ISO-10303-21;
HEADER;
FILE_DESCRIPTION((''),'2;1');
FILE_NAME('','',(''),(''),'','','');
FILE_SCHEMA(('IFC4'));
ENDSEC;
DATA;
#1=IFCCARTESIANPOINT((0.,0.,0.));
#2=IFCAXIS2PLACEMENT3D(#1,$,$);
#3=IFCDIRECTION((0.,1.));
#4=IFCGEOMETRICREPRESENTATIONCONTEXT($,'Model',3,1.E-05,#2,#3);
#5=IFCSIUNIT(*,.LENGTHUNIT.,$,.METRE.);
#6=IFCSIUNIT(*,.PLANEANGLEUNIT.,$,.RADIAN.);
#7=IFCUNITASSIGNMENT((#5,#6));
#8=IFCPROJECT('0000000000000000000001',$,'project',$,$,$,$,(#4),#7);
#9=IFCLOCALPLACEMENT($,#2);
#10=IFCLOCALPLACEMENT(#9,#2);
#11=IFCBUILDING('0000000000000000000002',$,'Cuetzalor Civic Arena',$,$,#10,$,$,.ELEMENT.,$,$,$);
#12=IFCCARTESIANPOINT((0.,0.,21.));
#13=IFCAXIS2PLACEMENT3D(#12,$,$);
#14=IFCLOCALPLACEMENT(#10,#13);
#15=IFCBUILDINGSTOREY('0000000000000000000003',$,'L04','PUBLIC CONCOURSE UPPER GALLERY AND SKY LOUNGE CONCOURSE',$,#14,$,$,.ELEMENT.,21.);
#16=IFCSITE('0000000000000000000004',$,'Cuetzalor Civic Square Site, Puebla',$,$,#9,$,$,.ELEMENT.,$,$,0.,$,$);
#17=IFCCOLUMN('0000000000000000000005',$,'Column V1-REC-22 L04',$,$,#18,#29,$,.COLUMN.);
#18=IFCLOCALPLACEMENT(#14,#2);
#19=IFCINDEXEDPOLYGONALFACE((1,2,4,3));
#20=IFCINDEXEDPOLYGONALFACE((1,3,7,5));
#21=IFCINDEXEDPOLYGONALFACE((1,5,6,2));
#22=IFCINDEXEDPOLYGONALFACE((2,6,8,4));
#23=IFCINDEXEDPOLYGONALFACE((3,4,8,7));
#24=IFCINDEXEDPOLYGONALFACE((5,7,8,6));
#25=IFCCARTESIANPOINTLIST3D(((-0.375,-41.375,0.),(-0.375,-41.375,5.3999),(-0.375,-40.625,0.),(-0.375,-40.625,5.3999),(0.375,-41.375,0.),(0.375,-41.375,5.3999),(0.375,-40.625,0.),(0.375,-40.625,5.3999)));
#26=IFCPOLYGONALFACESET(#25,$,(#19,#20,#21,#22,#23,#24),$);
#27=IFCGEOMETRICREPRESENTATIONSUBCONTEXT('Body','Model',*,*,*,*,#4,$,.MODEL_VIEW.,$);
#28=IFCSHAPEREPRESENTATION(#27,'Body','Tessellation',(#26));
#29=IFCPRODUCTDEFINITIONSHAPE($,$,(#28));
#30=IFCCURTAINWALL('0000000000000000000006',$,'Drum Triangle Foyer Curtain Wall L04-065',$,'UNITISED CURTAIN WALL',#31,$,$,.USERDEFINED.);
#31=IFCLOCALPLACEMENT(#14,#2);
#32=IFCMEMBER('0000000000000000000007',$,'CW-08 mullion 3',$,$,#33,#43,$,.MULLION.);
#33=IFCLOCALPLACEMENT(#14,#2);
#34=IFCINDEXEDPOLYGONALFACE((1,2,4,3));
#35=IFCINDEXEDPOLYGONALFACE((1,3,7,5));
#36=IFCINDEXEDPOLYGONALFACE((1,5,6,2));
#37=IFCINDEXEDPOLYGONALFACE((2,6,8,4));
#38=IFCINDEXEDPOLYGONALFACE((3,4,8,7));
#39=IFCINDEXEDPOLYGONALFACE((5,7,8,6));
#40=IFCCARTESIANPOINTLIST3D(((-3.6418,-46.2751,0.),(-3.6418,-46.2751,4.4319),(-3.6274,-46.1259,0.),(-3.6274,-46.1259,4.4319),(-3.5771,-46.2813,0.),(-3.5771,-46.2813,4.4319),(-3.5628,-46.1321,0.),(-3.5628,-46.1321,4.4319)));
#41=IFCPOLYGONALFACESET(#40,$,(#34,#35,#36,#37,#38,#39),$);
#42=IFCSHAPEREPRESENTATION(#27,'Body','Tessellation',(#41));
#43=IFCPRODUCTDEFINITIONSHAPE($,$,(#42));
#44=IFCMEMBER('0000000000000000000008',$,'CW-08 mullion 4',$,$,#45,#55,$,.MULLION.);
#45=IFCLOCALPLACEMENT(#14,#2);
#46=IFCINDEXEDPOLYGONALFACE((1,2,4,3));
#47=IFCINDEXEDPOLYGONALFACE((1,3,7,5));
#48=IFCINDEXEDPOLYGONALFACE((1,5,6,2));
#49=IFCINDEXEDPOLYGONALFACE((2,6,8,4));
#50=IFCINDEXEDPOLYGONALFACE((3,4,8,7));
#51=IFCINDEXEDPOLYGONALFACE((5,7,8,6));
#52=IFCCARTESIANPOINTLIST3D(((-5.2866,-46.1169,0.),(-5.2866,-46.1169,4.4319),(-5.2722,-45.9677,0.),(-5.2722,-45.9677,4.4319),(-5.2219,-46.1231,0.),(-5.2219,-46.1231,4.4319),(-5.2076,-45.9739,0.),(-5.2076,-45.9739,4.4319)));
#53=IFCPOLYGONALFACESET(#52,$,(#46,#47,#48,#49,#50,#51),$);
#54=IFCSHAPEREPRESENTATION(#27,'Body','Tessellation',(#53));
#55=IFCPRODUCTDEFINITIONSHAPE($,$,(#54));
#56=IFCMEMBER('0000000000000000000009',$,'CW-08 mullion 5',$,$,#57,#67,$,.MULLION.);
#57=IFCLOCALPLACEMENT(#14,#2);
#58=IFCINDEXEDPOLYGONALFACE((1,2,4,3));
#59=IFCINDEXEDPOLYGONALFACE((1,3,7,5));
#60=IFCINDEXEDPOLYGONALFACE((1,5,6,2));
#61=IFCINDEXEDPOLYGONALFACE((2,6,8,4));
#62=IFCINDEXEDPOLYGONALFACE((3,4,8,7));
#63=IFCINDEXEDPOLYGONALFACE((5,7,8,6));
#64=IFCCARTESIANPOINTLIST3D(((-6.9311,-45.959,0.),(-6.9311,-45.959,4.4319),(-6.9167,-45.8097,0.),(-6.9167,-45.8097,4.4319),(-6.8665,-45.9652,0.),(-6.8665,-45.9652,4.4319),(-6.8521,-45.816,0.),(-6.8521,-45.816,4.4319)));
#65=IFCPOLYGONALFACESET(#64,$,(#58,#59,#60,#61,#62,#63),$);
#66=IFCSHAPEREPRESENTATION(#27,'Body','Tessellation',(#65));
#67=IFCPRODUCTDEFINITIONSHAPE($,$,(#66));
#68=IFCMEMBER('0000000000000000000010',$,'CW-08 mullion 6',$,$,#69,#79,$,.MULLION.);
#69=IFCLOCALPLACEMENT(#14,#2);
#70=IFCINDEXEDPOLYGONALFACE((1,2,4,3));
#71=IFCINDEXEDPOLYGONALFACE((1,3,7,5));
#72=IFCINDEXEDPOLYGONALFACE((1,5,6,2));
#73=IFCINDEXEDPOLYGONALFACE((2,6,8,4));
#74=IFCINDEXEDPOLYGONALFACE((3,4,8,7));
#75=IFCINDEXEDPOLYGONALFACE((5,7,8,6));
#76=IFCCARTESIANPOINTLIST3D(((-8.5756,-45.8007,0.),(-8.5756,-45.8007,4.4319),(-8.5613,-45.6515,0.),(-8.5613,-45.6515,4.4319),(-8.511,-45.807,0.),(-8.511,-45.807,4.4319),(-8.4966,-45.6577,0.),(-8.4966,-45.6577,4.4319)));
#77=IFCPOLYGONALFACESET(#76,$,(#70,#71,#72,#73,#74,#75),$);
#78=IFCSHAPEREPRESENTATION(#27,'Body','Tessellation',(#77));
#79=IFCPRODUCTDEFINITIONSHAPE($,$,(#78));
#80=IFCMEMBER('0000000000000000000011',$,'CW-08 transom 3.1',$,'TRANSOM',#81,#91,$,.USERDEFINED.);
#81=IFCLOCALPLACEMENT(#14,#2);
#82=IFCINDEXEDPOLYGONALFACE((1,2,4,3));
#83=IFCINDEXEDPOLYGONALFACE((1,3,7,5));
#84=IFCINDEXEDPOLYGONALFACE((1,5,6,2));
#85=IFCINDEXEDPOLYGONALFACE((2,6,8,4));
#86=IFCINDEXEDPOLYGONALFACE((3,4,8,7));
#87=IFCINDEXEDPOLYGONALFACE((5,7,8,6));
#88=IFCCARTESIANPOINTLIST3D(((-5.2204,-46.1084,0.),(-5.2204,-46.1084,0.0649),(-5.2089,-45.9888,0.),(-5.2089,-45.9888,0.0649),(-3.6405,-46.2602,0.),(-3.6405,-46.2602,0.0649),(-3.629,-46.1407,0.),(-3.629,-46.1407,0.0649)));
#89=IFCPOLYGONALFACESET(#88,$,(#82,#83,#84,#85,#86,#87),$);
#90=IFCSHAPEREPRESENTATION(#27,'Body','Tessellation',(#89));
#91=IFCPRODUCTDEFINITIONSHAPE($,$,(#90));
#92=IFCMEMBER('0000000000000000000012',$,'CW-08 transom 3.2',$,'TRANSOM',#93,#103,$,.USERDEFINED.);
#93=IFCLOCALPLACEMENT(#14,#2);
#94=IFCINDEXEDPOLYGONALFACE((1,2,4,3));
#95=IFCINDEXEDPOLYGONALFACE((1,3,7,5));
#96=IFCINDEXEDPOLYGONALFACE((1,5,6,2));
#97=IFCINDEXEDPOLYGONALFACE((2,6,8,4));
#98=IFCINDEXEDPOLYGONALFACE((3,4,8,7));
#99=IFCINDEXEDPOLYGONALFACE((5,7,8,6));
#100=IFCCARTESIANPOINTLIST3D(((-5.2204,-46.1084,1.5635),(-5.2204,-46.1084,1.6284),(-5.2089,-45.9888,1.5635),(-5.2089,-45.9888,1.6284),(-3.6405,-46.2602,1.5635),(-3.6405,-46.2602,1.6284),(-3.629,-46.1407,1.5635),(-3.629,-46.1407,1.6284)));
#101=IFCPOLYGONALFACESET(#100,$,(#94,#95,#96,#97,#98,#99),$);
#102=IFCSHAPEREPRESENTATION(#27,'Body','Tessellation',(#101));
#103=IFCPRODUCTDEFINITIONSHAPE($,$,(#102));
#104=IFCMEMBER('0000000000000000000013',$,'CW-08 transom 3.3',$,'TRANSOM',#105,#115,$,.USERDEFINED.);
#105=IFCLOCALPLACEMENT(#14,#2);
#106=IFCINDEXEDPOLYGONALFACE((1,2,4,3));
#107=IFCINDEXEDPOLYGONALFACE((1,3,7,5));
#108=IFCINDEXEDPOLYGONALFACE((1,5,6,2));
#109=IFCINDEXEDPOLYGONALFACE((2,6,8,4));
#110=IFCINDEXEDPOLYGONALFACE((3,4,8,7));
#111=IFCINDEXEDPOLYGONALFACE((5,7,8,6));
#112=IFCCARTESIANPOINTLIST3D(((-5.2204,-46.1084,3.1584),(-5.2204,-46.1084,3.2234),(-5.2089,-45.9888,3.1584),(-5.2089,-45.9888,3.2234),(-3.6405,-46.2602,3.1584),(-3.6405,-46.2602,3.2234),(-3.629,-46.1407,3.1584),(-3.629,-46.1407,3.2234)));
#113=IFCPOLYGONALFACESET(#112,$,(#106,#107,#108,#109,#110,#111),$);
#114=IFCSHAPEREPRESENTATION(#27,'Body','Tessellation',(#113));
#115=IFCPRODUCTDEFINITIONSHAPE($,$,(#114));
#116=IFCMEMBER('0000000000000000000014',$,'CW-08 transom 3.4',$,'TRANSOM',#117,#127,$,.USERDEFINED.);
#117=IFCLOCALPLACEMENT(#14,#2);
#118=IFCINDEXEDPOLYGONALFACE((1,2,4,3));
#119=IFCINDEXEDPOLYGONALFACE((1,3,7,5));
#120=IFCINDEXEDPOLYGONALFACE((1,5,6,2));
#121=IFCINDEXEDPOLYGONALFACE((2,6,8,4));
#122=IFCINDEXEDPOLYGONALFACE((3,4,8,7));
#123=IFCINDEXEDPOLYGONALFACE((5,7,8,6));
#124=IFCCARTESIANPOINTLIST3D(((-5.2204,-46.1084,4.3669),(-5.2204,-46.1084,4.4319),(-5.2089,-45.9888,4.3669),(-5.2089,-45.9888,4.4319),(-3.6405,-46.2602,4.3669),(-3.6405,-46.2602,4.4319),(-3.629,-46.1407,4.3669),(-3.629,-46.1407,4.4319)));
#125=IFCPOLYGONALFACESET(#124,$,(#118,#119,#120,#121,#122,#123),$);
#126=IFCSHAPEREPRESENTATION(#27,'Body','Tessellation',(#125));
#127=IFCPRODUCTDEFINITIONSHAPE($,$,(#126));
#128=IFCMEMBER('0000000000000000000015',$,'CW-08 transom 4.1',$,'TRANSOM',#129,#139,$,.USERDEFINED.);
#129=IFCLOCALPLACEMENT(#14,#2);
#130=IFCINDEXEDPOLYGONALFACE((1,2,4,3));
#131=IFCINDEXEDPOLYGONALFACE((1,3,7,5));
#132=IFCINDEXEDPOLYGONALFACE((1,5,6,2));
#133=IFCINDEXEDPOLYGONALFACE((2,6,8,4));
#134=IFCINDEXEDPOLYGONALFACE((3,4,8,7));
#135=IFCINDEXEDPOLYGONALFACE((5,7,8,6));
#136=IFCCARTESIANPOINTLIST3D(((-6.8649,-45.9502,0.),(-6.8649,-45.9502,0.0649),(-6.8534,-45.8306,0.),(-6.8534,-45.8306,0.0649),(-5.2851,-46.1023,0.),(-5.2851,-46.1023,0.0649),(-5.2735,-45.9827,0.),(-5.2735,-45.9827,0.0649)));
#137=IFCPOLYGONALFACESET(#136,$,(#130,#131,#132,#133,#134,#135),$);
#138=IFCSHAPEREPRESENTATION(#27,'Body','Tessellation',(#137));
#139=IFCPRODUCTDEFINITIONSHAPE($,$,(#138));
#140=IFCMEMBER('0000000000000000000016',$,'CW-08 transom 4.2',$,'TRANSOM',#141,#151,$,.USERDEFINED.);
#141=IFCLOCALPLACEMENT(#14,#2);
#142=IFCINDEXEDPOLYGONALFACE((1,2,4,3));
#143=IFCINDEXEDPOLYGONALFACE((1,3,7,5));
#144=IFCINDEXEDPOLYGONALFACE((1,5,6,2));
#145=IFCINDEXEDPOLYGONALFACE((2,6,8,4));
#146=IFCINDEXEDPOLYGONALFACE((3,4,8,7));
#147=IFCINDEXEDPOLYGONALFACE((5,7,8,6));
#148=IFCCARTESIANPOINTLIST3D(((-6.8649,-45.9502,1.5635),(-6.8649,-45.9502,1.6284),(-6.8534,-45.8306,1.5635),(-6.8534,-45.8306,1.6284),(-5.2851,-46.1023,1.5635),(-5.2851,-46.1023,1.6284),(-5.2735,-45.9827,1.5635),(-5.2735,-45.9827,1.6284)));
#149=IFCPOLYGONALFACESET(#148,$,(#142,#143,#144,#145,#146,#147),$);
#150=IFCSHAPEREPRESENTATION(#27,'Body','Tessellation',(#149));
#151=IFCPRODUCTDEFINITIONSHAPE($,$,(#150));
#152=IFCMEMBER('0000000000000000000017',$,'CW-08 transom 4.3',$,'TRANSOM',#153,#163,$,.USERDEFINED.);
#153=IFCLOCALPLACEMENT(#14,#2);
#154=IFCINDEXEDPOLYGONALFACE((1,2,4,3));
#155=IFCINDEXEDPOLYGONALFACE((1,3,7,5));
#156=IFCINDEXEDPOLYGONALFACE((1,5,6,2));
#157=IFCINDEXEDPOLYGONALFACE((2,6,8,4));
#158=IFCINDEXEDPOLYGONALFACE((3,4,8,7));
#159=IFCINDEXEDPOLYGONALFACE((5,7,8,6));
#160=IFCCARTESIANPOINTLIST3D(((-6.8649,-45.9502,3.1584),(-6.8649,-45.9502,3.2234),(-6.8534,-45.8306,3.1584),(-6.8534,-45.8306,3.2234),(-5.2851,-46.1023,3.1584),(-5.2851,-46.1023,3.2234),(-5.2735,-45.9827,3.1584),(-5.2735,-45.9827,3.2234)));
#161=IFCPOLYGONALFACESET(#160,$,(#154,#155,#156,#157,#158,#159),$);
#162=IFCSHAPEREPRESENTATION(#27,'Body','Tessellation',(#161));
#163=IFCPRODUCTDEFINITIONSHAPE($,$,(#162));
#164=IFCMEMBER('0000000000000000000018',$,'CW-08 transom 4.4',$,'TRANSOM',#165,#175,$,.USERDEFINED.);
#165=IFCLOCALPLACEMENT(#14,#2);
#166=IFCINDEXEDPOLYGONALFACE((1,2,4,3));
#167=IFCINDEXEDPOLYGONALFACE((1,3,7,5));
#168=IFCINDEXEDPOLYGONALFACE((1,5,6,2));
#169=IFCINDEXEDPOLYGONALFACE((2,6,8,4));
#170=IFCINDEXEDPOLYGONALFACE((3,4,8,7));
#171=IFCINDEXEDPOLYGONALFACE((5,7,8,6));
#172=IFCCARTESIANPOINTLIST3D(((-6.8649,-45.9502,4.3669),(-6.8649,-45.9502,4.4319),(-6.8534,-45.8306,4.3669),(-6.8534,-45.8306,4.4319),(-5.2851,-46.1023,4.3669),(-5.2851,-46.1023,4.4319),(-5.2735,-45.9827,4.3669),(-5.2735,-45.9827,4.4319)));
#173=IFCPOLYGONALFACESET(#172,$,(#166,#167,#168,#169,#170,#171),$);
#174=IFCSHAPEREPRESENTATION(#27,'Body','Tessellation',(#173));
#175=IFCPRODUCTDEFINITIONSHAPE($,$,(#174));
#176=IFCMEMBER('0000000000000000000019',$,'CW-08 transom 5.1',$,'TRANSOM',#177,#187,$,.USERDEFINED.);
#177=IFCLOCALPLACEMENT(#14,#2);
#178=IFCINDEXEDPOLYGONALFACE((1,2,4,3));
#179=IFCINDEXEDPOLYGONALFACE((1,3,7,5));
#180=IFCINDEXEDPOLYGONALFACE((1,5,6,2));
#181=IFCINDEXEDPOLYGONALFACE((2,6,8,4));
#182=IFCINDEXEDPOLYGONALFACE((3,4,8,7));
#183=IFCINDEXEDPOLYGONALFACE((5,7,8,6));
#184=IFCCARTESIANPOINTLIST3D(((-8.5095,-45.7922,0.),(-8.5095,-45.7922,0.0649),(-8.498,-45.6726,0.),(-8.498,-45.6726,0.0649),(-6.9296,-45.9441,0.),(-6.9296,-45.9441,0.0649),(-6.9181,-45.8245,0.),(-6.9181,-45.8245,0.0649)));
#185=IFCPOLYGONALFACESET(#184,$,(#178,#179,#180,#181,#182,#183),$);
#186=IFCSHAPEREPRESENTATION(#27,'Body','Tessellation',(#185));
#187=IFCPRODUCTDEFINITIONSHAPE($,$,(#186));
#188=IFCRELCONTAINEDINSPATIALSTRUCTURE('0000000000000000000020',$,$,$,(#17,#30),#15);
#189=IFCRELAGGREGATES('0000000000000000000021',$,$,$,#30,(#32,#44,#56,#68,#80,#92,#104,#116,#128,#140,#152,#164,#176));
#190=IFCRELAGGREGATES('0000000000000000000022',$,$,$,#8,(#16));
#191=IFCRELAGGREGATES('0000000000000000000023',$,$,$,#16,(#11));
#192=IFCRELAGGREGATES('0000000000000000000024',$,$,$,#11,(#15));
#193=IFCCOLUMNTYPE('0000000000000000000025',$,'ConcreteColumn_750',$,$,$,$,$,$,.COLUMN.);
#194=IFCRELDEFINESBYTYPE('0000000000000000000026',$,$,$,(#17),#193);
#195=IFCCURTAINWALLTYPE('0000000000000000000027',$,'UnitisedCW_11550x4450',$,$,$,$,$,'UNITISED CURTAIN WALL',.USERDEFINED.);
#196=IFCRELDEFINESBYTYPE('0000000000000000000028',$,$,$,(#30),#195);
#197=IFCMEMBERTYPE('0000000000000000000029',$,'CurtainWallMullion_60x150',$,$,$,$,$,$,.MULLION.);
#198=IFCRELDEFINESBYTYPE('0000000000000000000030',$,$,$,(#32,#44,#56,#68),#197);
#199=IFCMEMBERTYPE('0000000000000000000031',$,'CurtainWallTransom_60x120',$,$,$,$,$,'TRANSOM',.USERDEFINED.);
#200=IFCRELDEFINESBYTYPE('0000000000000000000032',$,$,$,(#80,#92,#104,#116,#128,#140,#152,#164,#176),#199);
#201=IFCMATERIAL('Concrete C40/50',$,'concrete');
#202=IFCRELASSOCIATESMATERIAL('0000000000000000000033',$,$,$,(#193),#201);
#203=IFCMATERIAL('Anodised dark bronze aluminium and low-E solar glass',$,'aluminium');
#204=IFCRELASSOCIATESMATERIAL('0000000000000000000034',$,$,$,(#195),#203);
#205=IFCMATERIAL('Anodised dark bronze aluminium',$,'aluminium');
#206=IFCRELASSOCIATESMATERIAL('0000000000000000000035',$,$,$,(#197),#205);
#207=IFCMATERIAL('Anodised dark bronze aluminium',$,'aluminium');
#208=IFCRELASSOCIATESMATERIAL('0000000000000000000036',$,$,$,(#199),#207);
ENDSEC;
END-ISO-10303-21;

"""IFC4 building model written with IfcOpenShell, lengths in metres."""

from ifc_helpers import new_model, si_unit, direction, frame, origin, origin_2d, place, context, subcontext, project, spatial, rectangle, extrude, material, material_profile, profile_set, type_object, element, aggregate, save


model = new_model("IFC4")

# Units and contexts
model_context = context("Model", 3, precision=1e-05, world=origin(), true_north=direction((0.0, 1.0)))
body_context = subcontext(model_context, "Body", "Model", "MODEL_VIEW")
ifc_project = project(units=[si_unit("LENGTHUNIT", "METRE"), si_unit("PLANEANGLEUNIT", "RADIAN")], contexts=[model_context])

# Site, building, storey
site_placement = place(None, origin())
site = spatial("IfcSite", under=ifc_project, at=site_placement, Name="Cuetzalor Civic Square Site, Puebla", CompositionType="ELEMENT", RefElevation=0.0)
building_placement = place(site_placement, origin())
building = spatial("IfcBuilding", under=site, at=building_placement, Name="Cuetzalor Civic Arena", CompositionType="ELEMENT")
storey_placement = place(building_placement, frame((0.0, 0.0, 21.0)))
storey = spatial("IfcBuildingStorey", under=building, at=storey_placement, Name="L04", Description="PUBLIC CONCOURSE UPPER GALLERY AND SKY LOUNGE CONCOURSE", CompositionType="ELEMENT", Elevation=21.0)

# Column
ifc_material_1 = material(Name="Concrete C40/50", Category="concrete")
ifc_material_profile_1 = material_profile(ifc_material_1, rectangle(XDim=0.75, YDim=0.75, at=origin_2d()), Name="RC 750x750")
ifc_profile_set_1 = profile_set([ifc_material_profile_1], Name="Concrete C40/50")
column_type = type_object("IfcColumnType", Name="ConcreteColumn_750", PredefinedType="COLUMN", material=ifc_profile_set_1)
column_placement = place(storey_placement, frame((0.0, -41.0, 0.0), z_axis=(0.0, 0.0, 1.0), x_axis=(1.0, 0.0, 0.0)))
element("IfcColumn", 1, at=column_placement, inside=storey, type_object=column_type, Name="Column V1-REC-22 L04", PredefinedType="COLUMN", context=body_context, shape_type="SweptSolid", body=[
    extrude(rectangle(XDim=0.75, YDim=0.75, at=origin_2d()), origin(), (0.0, 0.0, 1.0), 5.3999),
])

# Curtain wall, members
ifc_material_2 = material(Name="Anodised dark bronze aluminium and low-E solar glass", Category="aluminium")
curtain_wall_type = type_object("IfcCurtainWallType", Name="UnitisedCW_11550x4450", ElementType="UNITISED CURTAIN WALL", PredefinedType="USERDEFINED", material=ifc_material_2)
curtain_wall_placement = place(storey_placement, origin())
curtain_wall = element("IfcCurtainWall", 2, at=curtain_wall_placement, inside=storey, type_object=curtain_wall_type, Name="Drum Triangle Foyer Curtain Wall L04-065", ObjectType="UNITISED CURTAIN WALL", PredefinedType="USERDEFINED")
ifc_material_3 = material(Name="Anodised dark bronze aluminium", Category="aluminium")
ifc_material_profile_2 = material_profile(ifc_material_3, rectangle(XDim=0.0649, YDim=0.1499, at=origin_2d()), Name="ALU MULLION 65x150")
ifc_profile_set_2 = profile_set([ifc_material_profile_2], Name="Anodised dark bronze aluminium")
member_type_1 = type_object("IfcMemberType", Name="CurtainWallMullion_60x150", PredefinedType="MULLION", material=ifc_profile_set_2)
member_1_placement = place(storey_placement, frame((-3.6023, -46.2036, 0.0), z_axis=(0.0, 0.0, 1.0), x_axis=(-0.995409, 0.095711, 0.0)))
member_1 = element("IfcMember", 3, at=member_1_placement, type_object=member_type_1, Name="CW-08 mullion 3", PredefinedType="MULLION", context=body_context, shape_type="SweptSolid", body=[
    extrude(rectangle(XDim=0.0649, YDim=0.1499, at=origin_2d()), origin(), (0.0, 0.0, 1.0), 4.4319),
])
member_2_placement = place(storey_placement, frame((-5.2471, -46.0454, 0.0), z_axis=(0.0, 0.0, 1.0), x_axis=(-0.995409, 0.095711, 0.0)))
member_2 = element("IfcMember", 4, at=member_2_placement, type_object=member_type_1, Name="CW-08 mullion 4", PredefinedType="MULLION", context=body_context, shape_type="SweptSolid", body=[
    extrude(rectangle(XDim=0.0649, YDim=0.1499, at=origin_2d()), origin(), (0.0, 0.0, 1.0), 4.4319),
])
member_3_placement = place(storey_placement, frame((-6.8916, -45.8875, 0.0), z_axis=(0.0, 0.0, 1.0), x_axis=(-0.995409, 0.095711, 0.0)))
member_3 = element("IfcMember", 5, at=member_3_placement, type_object=member_type_1, Name="CW-08 mullion 5", PredefinedType="MULLION", context=body_context, shape_type="SweptSolid", body=[
    extrude(rectangle(XDim=0.0649, YDim=0.1499, at=origin_2d()), origin(), (0.0, 0.0, 1.0), 4.4319),
])
member_4_placement = place(storey_placement, frame((-8.5361, -45.7292, 0.0), z_axis=(0.0, 0.0, 1.0), x_axis=(-0.995409, 0.095711, 0.0)))
member_4 = element("IfcMember", 6, at=member_4_placement, type_object=member_type_1, Name="CW-08 mullion 6", PredefinedType="MULLION", context=body_context, shape_type="SweptSolid", body=[
    extrude(rectangle(XDim=0.0649, YDim=0.1499, at=origin_2d()), origin(), (0.0, 0.0, 1.0), 4.4319),
])
ifc_material_4 = material(Name="Anodised dark bronze aluminium", Category="aluminium")
ifc_material_profile_3 = material_profile(ifc_material_4, rectangle(XDim=0.1201, YDim=0.0649, at=origin_2d()), Name="ALU TRANSOM 65x120")
ifc_profile_set_3 = profile_set([ifc_material_profile_3], Name="Anodised dark bronze aluminium")
member_type_2 = type_object("IfcMemberType", Name="CurtainWallTransom_60x120", ElementType="TRANSOM", PredefinedType="USERDEFINED", material=ifc_profile_set_3)
member_5_placement = place(storey_placement, frame((-3.6348, -46.2004, 0.0325), z_axis=(-0.995412, 0.09568, 0.0), x_axis=(-0.09568, -0.995412, 0.0)))
member_5 = element("IfcMember", 7, at=member_5_placement, type_object=member_type_2, Name="CW-08 transom 3.1", ObjectType="TRANSOM", PredefinedType="USERDEFINED", context=body_context, shape_type="SweptSolid", body=[
    extrude(rectangle(XDim=0.1201, YDim=0.0649, at=origin_2d()), origin(), (0.0, 0.0, 1.0), 1.5872),
])
member_6_placement = place(storey_placement, frame((-3.6348, -46.2004, 1.5959), z_axis=(-0.995412, 0.09568, 0.0), x_axis=(-0.09568, -0.995412, 0.0)))
member_6 = element("IfcMember", 8, at=member_6_placement, type_object=member_type_2, Name="CW-08 transom 3.2", ObjectType="TRANSOM", PredefinedType="USERDEFINED", context=body_context, shape_type="SweptSolid", body=[
    extrude(rectangle(XDim=0.1201, YDim=0.0649, at=origin_2d()), origin(), (0.0, 0.0, 1.0), 1.5872),
])
member_7_placement = place(storey_placement, frame((-3.6348, -46.2004, 3.1909), z_axis=(-0.995412, 0.09568, 0.0), x_axis=(-0.09568, -0.995412, 0.0)))
member_7 = element("IfcMember", 9, at=member_7_placement, type_object=member_type_2, Name="CW-08 transom 3.3", ObjectType="TRANSOM", PredefinedType="USERDEFINED", context=body_context, shape_type="SweptSolid", body=[
    extrude(rectangle(XDim=0.1201, YDim=0.0649, at=origin_2d()), origin(), (0.0, 0.0, 1.0), 1.5872),
])
member_8_placement = place(storey_placement, frame((-3.6348, -46.2004, 4.3994), z_axis=(-0.995412, 0.09568, 0.0), x_axis=(-0.09568, -0.995412, 0.0)))
member_8 = element("IfcMember", 10, at=member_8_placement, type_object=member_type_2, Name="CW-08 transom 3.4", ObjectType="TRANSOM", PredefinedType="USERDEFINED", context=body_context, shape_type="SweptSolid", body=[
    extrude(rectangle(XDim=0.1201, YDim=0.0649, at=origin_2d()), origin(), (0.0, 0.0, 1.0), 1.5872),
])
member_9_placement = place(storey_placement, frame((-5.2793, -46.0425, 0.0325), z_axis=(-0.995397, 0.095833, 0.0), x_axis=(-0.095833, -0.995397, 0.0)))
member_9 = element("IfcMember", 11, at=member_9_placement, type_object=member_type_2, Name="CW-08 transom 4.1", ObjectType="TRANSOM", PredefinedType="USERDEFINED", context=body_context, shape_type="SweptSolid", body=[
    extrude(rectangle(XDim=0.1201, YDim=0.0649, at=origin_2d()), origin(), (0.0, 0.0, 1.0), 1.5872),
])
member_10_placement = place(storey_placement, frame((-5.2793, -46.0425, 1.5959), z_axis=(-0.995397, 0.095833, 0.0), x_axis=(-0.095833, -0.995397, 0.0)))
member_10 = element("IfcMember", 12, at=member_10_placement, type_object=member_type_2, Name="CW-08 transom 4.2", ObjectType="TRANSOM", PredefinedType="USERDEFINED", context=body_context, shape_type="SweptSolid", body=[
    extrude(rectangle(XDim=0.1201, YDim=0.0649, at=origin_2d()), origin(), (0.0, 0.0, 1.0), 1.5872),
])
member_11_placement = place(storey_placement, frame((-5.2793, -46.0425, 3.1909), z_axis=(-0.995397, 0.095833, 0.0), x_axis=(-0.095833, -0.995397, 0.0)))
member_11 = element("IfcMember", 13, at=member_11_placement, type_object=member_type_2, Name="CW-08 transom 4.3", ObjectType="TRANSOM", PredefinedType="USERDEFINED", context=body_context, shape_type="SweptSolid", body=[
    extrude(rectangle(XDim=0.1201, YDim=0.0649, at=origin_2d()), origin(), (0.0, 0.0, 1.0), 1.5872),
])
member_12_placement = place(storey_placement, frame((-5.2793, -46.0425, 4.3994), z_axis=(-0.995397, 0.095833, 0.0), x_axis=(-0.095833, -0.995397, 0.0)))
member_12 = element("IfcMember", 14, at=member_12_placement, type_object=member_type_2, Name="CW-08 transom 4.4", ObjectType="TRANSOM", PredefinedType="USERDEFINED", context=body_context, shape_type="SweptSolid", body=[
    extrude(rectangle(XDim=0.1201, YDim=0.0649, at=origin_2d()), origin(), (0.0, 0.0, 1.0), 1.5872),
])
member_13_placement = place(storey_placement, frame((-6.9238, -45.8843, 0.0325), z_axis=(-0.995412, 0.09568, 0.0), x_axis=(-0.09568, -0.995412, 0.0)))
member_13 = element("IfcMember", 15, at=member_13_placement, type_object=member_type_2, Name="CW-08 transom 5.1", ObjectType="TRANSOM", PredefinedType="USERDEFINED", context=body_context, shape_type="SweptSolid", body=[
    extrude(rectangle(XDim=0.1201, YDim=0.0649, at=origin_2d()), origin(), (0.0, 0.0, 1.0), 1.5872),
])

aggregate(curtain_wall, [member_1, member_2, member_3, member_4, member_5, member_6, member_7, member_8, member_9, member_10, member_11, member_12, member_13])

save(model, "model.ifc")
